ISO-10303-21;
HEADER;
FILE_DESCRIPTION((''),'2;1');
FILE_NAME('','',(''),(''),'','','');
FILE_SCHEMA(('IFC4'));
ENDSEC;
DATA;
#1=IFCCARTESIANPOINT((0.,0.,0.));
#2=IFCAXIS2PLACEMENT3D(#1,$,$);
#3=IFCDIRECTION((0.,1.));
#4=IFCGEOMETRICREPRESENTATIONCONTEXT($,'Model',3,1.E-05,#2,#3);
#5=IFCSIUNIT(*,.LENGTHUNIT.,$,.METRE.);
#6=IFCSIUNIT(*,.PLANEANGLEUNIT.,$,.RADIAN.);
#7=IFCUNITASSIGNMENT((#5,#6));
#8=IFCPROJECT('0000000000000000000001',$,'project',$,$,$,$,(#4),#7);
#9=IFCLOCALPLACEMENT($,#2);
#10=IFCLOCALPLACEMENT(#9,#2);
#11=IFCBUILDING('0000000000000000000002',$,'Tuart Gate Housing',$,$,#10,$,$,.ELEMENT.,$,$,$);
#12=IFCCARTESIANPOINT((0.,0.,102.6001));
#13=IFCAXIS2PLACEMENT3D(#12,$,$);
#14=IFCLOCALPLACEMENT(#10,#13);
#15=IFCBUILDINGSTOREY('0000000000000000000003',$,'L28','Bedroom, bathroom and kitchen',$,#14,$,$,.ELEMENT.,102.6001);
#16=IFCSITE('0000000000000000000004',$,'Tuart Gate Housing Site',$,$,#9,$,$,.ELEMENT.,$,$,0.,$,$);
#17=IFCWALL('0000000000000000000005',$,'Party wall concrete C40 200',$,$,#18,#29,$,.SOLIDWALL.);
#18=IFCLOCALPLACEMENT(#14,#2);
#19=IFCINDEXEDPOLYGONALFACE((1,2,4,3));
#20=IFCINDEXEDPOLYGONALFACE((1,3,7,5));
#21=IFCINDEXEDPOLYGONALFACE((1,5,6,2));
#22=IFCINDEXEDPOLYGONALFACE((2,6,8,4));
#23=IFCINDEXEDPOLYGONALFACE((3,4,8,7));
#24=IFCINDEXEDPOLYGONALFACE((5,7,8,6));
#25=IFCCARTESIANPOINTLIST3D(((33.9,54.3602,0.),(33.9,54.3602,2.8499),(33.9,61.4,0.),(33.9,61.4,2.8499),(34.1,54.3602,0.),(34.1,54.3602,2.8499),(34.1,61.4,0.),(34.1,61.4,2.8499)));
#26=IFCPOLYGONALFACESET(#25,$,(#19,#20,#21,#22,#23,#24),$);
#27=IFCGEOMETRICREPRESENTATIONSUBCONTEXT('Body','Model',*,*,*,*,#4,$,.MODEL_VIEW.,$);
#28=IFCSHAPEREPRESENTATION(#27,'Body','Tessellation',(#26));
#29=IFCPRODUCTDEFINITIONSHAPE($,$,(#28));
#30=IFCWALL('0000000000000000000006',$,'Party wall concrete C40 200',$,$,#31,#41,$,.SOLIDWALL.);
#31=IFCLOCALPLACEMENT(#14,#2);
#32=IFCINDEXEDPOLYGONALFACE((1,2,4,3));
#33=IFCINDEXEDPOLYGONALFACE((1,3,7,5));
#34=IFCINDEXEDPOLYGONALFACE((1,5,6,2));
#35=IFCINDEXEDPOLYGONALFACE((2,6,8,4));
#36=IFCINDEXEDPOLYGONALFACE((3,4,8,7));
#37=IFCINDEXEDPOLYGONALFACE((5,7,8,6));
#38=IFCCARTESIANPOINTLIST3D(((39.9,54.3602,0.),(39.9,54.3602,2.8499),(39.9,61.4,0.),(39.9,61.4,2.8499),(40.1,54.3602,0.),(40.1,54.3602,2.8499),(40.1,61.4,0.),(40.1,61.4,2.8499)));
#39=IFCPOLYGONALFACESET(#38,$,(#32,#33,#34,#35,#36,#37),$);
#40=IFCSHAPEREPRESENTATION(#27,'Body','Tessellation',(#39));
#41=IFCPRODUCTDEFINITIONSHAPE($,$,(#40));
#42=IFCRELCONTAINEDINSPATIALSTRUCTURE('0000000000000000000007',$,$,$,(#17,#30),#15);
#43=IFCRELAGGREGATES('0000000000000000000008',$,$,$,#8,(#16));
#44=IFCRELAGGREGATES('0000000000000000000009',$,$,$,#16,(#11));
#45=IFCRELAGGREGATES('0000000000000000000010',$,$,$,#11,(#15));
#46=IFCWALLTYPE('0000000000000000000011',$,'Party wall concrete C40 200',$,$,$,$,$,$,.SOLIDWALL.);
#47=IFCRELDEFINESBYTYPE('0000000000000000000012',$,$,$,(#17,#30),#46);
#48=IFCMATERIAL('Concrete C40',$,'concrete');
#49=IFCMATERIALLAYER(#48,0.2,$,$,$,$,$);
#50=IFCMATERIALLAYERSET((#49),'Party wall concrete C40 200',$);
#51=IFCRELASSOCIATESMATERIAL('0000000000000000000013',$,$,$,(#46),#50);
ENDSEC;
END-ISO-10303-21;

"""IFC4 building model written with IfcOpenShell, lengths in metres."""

from ifc_helpers import new_model, si_unit, direction, frame, frame_2d, origin, place, context, subcontext, project, spatial, rectangle, extrude, material, layer, layer_set, type_object, element, save


model = new_model("IFC4")

# Units and contexts
model_context = context("Model", 3, precision=1e-05, world=origin(), true_north=direction((0.0, 1.0)))
body_context = subcontext(model_context, "Body", "Model", "MODEL_VIEW")
ifc_project = project(units=[si_unit("LENGTHUNIT", "METRE"), si_unit("PLANEANGLEUNIT", "RADIAN")], contexts=[model_context])

# Site, building, storey
site_placement = place(None, origin())
site = spatial("IfcSite", under=ifc_project, at=site_placement, Name="Tuart Gate Housing Site", CompositionType="ELEMENT", RefElevation=0.0)
building_placement = place(site_placement, origin())
building = spatial("IfcBuilding", under=site, at=building_placement, Name="Tuart Gate Housing", CompositionType="ELEMENT")
storey_placement = place(building_placement, frame((0.0, 0.0, 102.6001)))
storey = spatial("IfcBuildingStorey", under=building, at=storey_placement, Name="L28", Description="Bedroom, bathroom and kitchen", CompositionType="ELEMENT", Elevation=102.6001)

# Walls
ifc_material = material(Name="Concrete C40", Category="concrete")
ifc_layer = layer(ifc_material, 0.2)
ifc_layer_set = layer_set([ifc_layer], Name="Party wall concrete C40 200")
wall_type = type_object("IfcWallType", Name="Party wall concrete C40 200", PredefinedType="SOLIDWALL", material=ifc_layer_set)
for number, where, z_axis, x_axis, name in (
    (1, (34.0, 54.3601, 0.0), (0.0, 0.0, 1.0), (0.0, 1.0, 0.0), "Party wall concrete C40 200"),
    (2, (40.0, 54.3601, 0.0), (0.0, 0.0, 1.0), (0.0, 1.0, 0.0), "Party wall concrete C40 200"),
):
    element("IfcWall", number, at=place(storey_placement, frame(where, z_axis=z_axis, x_axis=x_axis)), inside=storey, type_object=wall_type, Name=name, PredefinedType="SOLIDWALL", context=body_context, shape_type="SweptSolid", body=[
        extrude(rectangle(XDim=7.0398, YDim=0.2, at=frame_2d((3.52, 0.0))), origin(), (0.0, 0.0, 1.0), 2.8499),
    ])

save(model, "model.ifc")
